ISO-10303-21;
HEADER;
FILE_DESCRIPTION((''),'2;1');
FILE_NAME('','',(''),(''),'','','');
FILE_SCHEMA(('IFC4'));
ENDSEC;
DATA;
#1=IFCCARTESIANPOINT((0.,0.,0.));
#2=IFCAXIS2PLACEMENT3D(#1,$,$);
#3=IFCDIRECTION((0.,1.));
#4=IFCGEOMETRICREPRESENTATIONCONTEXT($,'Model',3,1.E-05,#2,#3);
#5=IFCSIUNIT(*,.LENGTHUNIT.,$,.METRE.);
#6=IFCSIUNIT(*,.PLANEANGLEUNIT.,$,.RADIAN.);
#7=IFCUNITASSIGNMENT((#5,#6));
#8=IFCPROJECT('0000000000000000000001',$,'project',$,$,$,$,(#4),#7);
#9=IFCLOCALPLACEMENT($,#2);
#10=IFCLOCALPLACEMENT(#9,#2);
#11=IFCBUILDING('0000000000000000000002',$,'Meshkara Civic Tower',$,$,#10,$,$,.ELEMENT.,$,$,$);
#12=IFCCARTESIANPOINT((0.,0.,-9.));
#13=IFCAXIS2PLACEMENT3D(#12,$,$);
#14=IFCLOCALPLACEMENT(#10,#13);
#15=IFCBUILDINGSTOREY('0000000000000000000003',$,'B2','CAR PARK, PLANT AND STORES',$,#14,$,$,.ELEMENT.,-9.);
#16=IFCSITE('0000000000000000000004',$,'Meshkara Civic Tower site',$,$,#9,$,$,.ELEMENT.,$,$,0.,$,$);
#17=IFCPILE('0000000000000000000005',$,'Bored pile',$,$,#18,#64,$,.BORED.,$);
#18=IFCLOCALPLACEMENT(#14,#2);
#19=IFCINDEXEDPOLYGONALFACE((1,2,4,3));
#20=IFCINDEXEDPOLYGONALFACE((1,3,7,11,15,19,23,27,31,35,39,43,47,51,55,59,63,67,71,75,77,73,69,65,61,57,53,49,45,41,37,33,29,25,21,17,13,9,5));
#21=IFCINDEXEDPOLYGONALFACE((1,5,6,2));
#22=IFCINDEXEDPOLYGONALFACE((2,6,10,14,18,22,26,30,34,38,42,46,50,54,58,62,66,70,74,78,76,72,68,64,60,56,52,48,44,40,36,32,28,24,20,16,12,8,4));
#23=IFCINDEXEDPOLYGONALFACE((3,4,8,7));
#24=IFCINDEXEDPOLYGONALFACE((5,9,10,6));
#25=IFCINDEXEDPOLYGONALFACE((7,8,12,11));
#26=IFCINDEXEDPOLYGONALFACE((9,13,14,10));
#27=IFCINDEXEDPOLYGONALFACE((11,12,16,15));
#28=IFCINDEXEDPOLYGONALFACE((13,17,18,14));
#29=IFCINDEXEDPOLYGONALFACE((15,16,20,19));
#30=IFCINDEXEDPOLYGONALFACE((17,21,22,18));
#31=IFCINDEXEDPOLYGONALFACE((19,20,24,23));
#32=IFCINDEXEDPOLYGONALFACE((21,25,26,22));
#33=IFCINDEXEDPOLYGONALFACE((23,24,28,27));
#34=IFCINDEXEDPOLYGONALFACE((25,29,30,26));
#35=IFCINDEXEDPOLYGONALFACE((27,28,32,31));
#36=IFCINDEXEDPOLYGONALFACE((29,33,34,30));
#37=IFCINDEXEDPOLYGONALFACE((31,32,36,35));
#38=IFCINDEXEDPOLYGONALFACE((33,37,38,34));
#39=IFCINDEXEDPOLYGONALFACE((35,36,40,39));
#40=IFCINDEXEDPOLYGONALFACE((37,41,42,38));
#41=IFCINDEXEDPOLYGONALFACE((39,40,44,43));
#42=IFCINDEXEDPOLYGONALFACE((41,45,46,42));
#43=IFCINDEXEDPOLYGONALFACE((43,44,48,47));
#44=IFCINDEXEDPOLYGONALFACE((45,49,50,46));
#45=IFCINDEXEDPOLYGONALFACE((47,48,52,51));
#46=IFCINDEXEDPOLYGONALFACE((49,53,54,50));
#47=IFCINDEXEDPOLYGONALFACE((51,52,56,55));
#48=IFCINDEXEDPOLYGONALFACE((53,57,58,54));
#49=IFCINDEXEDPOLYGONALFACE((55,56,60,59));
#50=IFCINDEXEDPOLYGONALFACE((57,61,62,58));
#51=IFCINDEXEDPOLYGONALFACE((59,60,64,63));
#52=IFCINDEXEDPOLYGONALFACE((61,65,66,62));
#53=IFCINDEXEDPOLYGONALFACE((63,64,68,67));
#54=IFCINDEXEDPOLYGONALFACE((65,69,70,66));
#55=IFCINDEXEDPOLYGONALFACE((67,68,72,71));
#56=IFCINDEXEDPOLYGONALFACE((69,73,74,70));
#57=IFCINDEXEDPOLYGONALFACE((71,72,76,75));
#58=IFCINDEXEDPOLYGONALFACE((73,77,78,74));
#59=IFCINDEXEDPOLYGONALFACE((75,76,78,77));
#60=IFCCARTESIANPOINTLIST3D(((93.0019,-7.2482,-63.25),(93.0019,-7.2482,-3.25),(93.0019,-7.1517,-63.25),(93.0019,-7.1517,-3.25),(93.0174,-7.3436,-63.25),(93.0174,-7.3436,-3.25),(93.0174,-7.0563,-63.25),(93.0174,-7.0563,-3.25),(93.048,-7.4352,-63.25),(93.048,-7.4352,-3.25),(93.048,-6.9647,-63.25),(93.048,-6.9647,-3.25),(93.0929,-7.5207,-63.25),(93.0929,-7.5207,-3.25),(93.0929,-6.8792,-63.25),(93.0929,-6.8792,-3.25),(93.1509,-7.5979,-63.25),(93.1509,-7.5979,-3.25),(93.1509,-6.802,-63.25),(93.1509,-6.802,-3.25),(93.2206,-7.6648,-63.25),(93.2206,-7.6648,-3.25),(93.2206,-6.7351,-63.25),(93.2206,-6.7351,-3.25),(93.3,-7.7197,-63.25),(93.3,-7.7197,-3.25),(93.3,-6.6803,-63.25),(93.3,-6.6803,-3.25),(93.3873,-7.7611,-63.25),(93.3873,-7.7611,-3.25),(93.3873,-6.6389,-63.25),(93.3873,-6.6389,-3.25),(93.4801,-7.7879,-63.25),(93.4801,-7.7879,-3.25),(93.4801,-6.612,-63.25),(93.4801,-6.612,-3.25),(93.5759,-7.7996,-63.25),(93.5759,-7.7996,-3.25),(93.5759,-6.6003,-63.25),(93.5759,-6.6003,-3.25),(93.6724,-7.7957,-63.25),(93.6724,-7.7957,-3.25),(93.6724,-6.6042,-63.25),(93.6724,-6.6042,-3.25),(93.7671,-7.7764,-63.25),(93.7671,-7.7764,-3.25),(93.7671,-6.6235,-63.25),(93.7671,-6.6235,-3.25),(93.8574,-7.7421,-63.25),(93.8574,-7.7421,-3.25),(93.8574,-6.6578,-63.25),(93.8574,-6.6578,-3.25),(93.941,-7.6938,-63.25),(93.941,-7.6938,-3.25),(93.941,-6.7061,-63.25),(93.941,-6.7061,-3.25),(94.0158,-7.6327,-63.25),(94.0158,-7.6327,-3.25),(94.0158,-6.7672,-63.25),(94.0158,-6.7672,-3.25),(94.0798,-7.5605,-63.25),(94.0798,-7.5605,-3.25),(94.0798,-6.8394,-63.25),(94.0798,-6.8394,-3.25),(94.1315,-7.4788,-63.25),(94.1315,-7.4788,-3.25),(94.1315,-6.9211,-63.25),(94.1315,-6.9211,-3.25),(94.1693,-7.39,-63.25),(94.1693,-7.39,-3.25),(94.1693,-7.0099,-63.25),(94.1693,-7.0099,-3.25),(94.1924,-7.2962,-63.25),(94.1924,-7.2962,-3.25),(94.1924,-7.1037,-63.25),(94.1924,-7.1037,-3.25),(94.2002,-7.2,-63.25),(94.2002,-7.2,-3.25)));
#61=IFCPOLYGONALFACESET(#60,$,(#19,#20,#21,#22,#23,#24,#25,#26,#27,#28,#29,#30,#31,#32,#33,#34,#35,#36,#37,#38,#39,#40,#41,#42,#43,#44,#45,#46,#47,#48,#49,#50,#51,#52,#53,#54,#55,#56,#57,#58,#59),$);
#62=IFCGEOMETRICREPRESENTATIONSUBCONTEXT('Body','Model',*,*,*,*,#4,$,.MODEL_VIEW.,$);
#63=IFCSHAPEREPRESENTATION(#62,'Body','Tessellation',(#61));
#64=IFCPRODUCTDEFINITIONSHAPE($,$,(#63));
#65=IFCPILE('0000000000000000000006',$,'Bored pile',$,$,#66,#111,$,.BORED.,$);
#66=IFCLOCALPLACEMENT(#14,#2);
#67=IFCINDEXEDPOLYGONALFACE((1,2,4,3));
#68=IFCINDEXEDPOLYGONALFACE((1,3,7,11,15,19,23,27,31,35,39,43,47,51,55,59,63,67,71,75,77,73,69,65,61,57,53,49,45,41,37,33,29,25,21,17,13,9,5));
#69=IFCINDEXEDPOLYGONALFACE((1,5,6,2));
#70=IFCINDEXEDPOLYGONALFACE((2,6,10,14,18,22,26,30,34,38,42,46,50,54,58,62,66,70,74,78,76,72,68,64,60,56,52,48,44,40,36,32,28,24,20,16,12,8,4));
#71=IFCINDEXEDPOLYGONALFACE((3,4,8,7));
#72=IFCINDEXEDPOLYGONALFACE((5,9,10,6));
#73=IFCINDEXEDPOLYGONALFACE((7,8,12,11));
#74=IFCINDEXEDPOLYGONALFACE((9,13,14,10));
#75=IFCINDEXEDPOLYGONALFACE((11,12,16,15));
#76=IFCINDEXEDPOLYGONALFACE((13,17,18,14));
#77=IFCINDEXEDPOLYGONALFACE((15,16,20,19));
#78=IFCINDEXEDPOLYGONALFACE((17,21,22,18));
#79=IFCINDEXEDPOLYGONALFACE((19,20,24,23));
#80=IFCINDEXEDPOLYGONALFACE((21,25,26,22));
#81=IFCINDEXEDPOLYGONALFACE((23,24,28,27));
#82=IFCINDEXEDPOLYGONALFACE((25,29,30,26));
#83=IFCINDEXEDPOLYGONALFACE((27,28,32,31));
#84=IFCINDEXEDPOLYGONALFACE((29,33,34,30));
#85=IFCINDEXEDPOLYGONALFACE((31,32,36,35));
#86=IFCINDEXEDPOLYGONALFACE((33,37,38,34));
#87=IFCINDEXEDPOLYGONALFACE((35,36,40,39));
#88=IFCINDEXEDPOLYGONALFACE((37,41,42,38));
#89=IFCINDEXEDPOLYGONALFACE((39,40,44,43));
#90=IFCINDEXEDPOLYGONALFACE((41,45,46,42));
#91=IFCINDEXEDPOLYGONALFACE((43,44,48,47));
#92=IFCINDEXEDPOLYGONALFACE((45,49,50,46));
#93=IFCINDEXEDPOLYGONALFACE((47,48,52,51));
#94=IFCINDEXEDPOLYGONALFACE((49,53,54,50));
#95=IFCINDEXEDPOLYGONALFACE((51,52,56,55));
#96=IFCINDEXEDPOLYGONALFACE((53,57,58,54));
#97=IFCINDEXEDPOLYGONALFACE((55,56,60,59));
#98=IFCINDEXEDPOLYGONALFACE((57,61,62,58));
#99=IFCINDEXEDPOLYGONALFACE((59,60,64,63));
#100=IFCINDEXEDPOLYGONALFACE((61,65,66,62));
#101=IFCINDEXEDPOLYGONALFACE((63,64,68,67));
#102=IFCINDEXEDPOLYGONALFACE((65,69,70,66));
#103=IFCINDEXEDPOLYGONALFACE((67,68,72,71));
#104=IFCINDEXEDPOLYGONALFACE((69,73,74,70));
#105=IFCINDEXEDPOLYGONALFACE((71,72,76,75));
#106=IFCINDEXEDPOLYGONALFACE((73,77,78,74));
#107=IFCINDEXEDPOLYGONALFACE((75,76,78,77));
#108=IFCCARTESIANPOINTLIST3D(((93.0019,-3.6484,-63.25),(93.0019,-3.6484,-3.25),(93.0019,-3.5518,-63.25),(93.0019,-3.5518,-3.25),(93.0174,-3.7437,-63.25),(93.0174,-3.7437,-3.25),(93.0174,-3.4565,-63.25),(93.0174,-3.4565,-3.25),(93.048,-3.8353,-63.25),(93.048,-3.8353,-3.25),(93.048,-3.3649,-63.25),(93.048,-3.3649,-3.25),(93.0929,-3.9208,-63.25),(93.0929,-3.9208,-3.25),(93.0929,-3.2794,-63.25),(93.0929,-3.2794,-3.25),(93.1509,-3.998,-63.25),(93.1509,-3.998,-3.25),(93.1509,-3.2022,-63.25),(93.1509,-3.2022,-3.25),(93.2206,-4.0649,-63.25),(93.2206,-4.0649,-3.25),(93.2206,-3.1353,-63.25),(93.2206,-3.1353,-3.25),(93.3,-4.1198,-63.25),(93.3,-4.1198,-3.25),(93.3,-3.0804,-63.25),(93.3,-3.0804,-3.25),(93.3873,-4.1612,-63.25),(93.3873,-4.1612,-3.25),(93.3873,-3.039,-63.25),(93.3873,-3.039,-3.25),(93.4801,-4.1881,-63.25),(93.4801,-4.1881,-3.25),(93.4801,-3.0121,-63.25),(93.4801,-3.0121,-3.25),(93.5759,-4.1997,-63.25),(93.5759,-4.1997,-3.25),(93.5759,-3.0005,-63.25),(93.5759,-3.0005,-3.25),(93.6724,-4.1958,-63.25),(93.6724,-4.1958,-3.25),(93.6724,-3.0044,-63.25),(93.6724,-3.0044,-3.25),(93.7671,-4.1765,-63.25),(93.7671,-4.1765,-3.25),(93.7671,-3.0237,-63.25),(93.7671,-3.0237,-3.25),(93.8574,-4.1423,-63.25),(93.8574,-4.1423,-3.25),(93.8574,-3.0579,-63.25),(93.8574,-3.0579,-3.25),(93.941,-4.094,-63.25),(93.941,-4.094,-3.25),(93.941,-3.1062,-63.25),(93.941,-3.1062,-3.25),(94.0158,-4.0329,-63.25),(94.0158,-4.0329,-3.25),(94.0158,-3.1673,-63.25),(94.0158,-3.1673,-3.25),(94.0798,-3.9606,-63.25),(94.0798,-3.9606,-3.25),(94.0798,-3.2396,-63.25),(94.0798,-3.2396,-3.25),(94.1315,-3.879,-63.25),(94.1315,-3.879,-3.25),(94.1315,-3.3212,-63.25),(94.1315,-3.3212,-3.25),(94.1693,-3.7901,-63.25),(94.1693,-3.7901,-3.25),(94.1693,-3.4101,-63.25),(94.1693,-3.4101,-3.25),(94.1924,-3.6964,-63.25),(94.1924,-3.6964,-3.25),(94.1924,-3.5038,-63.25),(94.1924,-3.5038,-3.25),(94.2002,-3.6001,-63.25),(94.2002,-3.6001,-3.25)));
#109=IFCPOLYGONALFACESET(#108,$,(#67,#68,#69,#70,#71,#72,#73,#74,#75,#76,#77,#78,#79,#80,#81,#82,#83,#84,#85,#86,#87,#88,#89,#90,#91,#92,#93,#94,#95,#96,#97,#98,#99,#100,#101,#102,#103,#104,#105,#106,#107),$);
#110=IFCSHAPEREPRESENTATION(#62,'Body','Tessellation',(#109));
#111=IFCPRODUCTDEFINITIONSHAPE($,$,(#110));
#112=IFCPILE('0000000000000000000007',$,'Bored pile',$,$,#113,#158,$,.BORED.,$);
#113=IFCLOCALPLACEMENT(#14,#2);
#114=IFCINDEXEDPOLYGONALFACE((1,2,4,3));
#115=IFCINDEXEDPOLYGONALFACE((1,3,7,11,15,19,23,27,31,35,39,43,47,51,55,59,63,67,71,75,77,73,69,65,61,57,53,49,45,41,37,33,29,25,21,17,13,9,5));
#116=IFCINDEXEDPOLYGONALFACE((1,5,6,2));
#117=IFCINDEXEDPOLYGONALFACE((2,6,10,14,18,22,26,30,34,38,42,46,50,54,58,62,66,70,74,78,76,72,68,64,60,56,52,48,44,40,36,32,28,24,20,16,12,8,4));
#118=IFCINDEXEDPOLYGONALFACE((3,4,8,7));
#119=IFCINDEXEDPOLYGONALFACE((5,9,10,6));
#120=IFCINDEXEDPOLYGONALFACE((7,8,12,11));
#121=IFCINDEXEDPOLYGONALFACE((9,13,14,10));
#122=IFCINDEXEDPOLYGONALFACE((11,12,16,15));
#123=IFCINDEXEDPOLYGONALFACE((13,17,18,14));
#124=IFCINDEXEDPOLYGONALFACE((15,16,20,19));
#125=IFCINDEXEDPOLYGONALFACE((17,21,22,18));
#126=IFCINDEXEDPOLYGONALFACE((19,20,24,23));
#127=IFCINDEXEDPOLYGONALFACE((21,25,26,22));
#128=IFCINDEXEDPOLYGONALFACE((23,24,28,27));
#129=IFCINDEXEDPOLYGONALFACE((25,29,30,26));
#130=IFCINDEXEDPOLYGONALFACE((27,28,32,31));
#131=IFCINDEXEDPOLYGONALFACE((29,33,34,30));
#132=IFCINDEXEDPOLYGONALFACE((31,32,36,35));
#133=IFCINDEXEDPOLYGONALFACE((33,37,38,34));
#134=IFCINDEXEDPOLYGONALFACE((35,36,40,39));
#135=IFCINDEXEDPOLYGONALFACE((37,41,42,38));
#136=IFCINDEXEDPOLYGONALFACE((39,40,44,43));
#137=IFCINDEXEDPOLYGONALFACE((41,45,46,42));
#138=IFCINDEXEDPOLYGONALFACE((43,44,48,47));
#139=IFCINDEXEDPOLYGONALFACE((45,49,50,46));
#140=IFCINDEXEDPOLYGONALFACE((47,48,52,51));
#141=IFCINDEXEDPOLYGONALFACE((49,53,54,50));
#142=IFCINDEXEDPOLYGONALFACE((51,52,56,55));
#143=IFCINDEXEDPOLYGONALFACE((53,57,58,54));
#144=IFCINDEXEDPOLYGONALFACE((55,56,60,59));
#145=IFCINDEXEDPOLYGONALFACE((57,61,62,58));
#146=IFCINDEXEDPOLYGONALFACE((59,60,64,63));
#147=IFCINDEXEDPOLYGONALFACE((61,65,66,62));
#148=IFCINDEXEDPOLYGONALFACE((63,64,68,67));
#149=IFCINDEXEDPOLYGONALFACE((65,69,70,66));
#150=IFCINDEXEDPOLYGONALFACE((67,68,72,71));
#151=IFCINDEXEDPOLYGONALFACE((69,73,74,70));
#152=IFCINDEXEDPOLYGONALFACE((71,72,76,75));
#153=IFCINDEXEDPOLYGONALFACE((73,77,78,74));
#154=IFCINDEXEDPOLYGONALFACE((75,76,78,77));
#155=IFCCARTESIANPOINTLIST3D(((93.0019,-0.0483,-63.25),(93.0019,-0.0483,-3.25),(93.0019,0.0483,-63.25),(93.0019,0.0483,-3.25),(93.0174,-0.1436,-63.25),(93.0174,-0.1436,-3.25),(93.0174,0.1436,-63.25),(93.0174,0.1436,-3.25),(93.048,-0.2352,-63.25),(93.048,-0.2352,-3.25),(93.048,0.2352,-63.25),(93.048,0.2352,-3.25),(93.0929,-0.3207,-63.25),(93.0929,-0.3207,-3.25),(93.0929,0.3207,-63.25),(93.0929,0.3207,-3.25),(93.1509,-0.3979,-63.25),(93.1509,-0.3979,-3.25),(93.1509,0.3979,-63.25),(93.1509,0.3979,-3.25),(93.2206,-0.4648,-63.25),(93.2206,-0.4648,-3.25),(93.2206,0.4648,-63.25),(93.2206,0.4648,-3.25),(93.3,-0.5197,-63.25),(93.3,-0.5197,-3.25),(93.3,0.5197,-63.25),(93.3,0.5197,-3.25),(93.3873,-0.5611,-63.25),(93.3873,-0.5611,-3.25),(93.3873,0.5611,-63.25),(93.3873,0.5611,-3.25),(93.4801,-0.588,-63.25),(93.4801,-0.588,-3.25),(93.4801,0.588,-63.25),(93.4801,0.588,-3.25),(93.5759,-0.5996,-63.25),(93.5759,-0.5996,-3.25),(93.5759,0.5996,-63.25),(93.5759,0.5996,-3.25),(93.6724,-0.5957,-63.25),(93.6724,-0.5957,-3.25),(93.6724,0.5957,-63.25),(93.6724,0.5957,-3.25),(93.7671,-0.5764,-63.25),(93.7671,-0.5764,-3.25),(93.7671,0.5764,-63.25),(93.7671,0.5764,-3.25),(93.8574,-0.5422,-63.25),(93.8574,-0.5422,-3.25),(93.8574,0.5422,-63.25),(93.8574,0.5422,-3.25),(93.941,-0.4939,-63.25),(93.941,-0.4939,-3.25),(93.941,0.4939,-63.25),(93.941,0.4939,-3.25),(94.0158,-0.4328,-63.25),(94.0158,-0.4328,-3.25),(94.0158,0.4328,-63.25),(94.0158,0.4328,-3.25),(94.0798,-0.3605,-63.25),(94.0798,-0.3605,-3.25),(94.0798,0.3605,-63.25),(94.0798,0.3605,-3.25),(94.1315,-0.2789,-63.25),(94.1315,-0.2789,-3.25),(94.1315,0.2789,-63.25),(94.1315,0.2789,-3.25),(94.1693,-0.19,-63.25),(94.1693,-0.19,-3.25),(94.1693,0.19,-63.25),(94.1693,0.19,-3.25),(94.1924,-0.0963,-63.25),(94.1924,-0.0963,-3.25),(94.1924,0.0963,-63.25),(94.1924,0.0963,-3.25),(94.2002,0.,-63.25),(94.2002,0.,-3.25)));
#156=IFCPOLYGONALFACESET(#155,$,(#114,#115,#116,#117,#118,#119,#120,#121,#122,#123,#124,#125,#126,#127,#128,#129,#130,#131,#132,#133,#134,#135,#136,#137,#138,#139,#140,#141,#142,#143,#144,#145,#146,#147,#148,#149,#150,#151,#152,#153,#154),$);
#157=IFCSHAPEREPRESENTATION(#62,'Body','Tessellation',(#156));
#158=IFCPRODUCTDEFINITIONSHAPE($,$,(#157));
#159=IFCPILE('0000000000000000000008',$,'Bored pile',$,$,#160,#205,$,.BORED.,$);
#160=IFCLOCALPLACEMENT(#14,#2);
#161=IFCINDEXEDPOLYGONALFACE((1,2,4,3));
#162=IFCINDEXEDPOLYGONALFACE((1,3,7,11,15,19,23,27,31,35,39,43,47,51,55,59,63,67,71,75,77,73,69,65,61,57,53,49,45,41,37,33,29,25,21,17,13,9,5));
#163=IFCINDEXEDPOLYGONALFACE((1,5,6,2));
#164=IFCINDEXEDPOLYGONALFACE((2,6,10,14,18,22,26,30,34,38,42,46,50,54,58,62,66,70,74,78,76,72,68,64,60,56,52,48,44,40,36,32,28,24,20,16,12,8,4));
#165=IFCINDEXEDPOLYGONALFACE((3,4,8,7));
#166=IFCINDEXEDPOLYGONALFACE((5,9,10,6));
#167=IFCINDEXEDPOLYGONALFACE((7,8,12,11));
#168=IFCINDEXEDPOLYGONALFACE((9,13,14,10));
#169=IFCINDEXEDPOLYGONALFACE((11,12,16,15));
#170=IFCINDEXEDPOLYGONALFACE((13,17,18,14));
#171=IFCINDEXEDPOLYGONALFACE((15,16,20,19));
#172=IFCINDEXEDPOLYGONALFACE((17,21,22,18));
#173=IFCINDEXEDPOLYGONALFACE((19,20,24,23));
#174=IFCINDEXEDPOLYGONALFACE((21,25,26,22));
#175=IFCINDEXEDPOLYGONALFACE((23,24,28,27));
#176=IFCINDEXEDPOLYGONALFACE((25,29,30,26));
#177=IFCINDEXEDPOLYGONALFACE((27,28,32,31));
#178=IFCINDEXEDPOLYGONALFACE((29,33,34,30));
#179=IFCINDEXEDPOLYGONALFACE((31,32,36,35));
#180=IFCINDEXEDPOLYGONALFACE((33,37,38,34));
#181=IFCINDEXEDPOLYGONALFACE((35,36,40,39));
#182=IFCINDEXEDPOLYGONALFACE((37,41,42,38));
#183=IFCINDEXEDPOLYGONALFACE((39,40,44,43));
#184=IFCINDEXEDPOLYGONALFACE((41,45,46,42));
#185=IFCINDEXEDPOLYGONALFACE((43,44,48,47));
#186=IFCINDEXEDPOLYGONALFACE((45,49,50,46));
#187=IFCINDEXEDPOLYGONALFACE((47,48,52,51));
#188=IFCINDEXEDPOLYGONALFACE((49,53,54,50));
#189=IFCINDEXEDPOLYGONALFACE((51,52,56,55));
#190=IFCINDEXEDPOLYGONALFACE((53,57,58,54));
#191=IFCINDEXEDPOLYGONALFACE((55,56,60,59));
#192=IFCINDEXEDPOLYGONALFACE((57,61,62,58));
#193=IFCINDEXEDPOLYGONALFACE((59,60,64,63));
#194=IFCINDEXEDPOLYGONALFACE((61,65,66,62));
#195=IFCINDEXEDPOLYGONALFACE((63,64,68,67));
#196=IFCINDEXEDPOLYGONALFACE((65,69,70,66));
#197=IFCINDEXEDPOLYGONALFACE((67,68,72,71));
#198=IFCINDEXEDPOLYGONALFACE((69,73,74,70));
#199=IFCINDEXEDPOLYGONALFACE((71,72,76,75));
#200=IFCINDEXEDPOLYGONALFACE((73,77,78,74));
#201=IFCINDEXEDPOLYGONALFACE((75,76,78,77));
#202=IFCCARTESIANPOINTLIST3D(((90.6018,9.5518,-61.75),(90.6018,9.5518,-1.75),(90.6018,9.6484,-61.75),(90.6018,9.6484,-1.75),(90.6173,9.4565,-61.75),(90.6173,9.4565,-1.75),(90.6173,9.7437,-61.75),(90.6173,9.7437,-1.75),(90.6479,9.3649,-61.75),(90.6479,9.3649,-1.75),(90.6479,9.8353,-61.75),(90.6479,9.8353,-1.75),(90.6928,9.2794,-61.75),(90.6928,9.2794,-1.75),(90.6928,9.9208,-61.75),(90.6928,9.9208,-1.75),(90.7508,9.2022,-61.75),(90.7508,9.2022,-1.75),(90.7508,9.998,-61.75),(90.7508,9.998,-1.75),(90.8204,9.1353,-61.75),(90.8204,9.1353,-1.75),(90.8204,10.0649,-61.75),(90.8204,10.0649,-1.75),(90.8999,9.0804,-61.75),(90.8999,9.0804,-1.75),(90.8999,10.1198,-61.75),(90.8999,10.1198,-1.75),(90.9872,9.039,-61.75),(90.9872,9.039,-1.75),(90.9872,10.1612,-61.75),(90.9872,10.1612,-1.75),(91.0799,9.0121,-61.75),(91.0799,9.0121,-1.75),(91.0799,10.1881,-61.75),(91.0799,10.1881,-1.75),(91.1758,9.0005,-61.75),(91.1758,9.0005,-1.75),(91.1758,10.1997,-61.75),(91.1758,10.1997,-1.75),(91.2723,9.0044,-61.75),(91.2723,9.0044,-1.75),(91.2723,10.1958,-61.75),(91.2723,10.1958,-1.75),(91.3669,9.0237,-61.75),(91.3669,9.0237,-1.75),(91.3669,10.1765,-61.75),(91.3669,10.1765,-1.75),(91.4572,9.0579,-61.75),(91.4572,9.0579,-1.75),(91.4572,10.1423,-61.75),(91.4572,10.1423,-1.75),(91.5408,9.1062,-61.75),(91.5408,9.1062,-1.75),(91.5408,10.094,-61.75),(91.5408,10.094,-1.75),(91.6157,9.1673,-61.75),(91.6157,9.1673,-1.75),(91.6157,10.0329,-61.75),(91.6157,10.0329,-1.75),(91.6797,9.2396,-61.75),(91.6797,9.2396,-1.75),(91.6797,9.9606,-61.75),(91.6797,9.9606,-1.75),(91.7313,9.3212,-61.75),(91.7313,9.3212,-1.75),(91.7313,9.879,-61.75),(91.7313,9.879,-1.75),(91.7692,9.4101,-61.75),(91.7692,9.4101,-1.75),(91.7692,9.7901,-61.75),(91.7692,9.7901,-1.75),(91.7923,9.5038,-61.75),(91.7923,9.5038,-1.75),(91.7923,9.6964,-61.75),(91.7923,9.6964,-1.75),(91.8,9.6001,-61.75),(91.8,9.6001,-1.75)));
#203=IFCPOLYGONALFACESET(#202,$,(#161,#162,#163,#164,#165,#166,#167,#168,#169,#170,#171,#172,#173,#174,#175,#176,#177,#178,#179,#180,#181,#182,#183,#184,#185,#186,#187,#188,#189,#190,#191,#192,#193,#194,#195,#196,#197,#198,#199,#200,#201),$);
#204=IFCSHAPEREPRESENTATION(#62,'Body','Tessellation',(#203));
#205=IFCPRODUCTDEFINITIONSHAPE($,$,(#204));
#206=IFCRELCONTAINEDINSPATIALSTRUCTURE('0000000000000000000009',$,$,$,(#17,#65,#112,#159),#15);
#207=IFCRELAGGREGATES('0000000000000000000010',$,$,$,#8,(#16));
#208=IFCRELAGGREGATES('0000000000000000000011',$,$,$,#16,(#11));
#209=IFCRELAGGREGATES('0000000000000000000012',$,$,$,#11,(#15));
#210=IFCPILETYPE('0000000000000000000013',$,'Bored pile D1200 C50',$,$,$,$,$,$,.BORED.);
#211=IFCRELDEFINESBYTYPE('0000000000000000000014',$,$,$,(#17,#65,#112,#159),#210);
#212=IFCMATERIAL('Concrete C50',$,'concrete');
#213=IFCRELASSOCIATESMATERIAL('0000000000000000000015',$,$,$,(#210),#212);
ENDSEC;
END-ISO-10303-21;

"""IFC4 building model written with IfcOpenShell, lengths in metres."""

from ifc_helpers import new_model, si_unit, direction, frame, origin, origin_2d, place, context, subcontext, project, spatial, circle, extrude, material, material_profile, profile_set, type_object, element, save


model = new_model("IFC4")

# Units and contexts
model_context = context("Model", 3, precision=1e-05, world=origin(), true_north=direction((0.0, 1.0)))
body_context = subcontext(model_context, "Body", "Model", "MODEL_VIEW")
ifc_project = project(units=[si_unit("LENGTHUNIT", "METRE"), si_unit("PLANEANGLEUNIT", "RADIAN")], contexts=[model_context])

# Site, building, storey
site_placement = place(None, origin())
site = spatial("IfcSite", under=ifc_project, at=site_placement, Name="Meshkara Civic Tower site", CompositionType="ELEMENT", RefElevation=0.0)
building_placement = place(site_placement, origin())
building = spatial("IfcBuilding", under=site, at=building_placement, Name="Meshkara Civic Tower", CompositionType="ELEMENT")
storey_placement = place(building_placement, frame((0.0, 0.0, -9.0)))
storey = spatial("IfcBuildingStorey", under=building, at=storey_placement, Name="B2", Description="CAR PARK, PLANT AND STORES", CompositionType="ELEMENT", Elevation=-9.0)

# Piles
ifc_material_1 = material(Name="Concrete C50", Category="concrete")
ifc_material_profile_1 = material_profile(ifc_material_1, circle(Radius=0.6001, at=origin_2d()))
ifc_profile_set_1 = profile_set([ifc_material_profile_1], Name="Concrete C50")
pile_type = type_object("IfcPileType", Name="Bored pile D1200 C50", PredefinedType="BORED", material=ifc_profile_set_1)
for number, where, z_axis, x_axis, name in (
    (1, (93.6001, -7.2, -3.25), (0.0, 0.0, -1.0), (1.0, 0.0, 0.0), "Bored pile"),
    (2, (93.6001, -3.6001, -3.25), (0.0, 0.0, -1.0), (1.0, 0.0, 0.0), "Bored pile"),
    (3, (93.6001, 0.0, -3.25), (0.0, 0.0, -1.0), (1.0, 0.0, 0.0), "Bored pile"),
    (4, (91.2, 9.6001, -1.75), (0.0, 0.0, -1.0), (1.0, 0.0, 0.0), "Bored pile"),
):
    element("IfcPile", number, at=place(storey_placement, frame(where, z_axis=z_axis, x_axis=x_axis)), inside=storey, type_object=pile_type, Name=name, PredefinedType="BORED", context=body_context, shape_type="SweptSolid", body=[
        extrude(circle(Radius=0.6001, at=origin_2d()), origin(), (0.0, 0.0, 1.0), 60.0),
    ])

save(model, "model.ifc")
